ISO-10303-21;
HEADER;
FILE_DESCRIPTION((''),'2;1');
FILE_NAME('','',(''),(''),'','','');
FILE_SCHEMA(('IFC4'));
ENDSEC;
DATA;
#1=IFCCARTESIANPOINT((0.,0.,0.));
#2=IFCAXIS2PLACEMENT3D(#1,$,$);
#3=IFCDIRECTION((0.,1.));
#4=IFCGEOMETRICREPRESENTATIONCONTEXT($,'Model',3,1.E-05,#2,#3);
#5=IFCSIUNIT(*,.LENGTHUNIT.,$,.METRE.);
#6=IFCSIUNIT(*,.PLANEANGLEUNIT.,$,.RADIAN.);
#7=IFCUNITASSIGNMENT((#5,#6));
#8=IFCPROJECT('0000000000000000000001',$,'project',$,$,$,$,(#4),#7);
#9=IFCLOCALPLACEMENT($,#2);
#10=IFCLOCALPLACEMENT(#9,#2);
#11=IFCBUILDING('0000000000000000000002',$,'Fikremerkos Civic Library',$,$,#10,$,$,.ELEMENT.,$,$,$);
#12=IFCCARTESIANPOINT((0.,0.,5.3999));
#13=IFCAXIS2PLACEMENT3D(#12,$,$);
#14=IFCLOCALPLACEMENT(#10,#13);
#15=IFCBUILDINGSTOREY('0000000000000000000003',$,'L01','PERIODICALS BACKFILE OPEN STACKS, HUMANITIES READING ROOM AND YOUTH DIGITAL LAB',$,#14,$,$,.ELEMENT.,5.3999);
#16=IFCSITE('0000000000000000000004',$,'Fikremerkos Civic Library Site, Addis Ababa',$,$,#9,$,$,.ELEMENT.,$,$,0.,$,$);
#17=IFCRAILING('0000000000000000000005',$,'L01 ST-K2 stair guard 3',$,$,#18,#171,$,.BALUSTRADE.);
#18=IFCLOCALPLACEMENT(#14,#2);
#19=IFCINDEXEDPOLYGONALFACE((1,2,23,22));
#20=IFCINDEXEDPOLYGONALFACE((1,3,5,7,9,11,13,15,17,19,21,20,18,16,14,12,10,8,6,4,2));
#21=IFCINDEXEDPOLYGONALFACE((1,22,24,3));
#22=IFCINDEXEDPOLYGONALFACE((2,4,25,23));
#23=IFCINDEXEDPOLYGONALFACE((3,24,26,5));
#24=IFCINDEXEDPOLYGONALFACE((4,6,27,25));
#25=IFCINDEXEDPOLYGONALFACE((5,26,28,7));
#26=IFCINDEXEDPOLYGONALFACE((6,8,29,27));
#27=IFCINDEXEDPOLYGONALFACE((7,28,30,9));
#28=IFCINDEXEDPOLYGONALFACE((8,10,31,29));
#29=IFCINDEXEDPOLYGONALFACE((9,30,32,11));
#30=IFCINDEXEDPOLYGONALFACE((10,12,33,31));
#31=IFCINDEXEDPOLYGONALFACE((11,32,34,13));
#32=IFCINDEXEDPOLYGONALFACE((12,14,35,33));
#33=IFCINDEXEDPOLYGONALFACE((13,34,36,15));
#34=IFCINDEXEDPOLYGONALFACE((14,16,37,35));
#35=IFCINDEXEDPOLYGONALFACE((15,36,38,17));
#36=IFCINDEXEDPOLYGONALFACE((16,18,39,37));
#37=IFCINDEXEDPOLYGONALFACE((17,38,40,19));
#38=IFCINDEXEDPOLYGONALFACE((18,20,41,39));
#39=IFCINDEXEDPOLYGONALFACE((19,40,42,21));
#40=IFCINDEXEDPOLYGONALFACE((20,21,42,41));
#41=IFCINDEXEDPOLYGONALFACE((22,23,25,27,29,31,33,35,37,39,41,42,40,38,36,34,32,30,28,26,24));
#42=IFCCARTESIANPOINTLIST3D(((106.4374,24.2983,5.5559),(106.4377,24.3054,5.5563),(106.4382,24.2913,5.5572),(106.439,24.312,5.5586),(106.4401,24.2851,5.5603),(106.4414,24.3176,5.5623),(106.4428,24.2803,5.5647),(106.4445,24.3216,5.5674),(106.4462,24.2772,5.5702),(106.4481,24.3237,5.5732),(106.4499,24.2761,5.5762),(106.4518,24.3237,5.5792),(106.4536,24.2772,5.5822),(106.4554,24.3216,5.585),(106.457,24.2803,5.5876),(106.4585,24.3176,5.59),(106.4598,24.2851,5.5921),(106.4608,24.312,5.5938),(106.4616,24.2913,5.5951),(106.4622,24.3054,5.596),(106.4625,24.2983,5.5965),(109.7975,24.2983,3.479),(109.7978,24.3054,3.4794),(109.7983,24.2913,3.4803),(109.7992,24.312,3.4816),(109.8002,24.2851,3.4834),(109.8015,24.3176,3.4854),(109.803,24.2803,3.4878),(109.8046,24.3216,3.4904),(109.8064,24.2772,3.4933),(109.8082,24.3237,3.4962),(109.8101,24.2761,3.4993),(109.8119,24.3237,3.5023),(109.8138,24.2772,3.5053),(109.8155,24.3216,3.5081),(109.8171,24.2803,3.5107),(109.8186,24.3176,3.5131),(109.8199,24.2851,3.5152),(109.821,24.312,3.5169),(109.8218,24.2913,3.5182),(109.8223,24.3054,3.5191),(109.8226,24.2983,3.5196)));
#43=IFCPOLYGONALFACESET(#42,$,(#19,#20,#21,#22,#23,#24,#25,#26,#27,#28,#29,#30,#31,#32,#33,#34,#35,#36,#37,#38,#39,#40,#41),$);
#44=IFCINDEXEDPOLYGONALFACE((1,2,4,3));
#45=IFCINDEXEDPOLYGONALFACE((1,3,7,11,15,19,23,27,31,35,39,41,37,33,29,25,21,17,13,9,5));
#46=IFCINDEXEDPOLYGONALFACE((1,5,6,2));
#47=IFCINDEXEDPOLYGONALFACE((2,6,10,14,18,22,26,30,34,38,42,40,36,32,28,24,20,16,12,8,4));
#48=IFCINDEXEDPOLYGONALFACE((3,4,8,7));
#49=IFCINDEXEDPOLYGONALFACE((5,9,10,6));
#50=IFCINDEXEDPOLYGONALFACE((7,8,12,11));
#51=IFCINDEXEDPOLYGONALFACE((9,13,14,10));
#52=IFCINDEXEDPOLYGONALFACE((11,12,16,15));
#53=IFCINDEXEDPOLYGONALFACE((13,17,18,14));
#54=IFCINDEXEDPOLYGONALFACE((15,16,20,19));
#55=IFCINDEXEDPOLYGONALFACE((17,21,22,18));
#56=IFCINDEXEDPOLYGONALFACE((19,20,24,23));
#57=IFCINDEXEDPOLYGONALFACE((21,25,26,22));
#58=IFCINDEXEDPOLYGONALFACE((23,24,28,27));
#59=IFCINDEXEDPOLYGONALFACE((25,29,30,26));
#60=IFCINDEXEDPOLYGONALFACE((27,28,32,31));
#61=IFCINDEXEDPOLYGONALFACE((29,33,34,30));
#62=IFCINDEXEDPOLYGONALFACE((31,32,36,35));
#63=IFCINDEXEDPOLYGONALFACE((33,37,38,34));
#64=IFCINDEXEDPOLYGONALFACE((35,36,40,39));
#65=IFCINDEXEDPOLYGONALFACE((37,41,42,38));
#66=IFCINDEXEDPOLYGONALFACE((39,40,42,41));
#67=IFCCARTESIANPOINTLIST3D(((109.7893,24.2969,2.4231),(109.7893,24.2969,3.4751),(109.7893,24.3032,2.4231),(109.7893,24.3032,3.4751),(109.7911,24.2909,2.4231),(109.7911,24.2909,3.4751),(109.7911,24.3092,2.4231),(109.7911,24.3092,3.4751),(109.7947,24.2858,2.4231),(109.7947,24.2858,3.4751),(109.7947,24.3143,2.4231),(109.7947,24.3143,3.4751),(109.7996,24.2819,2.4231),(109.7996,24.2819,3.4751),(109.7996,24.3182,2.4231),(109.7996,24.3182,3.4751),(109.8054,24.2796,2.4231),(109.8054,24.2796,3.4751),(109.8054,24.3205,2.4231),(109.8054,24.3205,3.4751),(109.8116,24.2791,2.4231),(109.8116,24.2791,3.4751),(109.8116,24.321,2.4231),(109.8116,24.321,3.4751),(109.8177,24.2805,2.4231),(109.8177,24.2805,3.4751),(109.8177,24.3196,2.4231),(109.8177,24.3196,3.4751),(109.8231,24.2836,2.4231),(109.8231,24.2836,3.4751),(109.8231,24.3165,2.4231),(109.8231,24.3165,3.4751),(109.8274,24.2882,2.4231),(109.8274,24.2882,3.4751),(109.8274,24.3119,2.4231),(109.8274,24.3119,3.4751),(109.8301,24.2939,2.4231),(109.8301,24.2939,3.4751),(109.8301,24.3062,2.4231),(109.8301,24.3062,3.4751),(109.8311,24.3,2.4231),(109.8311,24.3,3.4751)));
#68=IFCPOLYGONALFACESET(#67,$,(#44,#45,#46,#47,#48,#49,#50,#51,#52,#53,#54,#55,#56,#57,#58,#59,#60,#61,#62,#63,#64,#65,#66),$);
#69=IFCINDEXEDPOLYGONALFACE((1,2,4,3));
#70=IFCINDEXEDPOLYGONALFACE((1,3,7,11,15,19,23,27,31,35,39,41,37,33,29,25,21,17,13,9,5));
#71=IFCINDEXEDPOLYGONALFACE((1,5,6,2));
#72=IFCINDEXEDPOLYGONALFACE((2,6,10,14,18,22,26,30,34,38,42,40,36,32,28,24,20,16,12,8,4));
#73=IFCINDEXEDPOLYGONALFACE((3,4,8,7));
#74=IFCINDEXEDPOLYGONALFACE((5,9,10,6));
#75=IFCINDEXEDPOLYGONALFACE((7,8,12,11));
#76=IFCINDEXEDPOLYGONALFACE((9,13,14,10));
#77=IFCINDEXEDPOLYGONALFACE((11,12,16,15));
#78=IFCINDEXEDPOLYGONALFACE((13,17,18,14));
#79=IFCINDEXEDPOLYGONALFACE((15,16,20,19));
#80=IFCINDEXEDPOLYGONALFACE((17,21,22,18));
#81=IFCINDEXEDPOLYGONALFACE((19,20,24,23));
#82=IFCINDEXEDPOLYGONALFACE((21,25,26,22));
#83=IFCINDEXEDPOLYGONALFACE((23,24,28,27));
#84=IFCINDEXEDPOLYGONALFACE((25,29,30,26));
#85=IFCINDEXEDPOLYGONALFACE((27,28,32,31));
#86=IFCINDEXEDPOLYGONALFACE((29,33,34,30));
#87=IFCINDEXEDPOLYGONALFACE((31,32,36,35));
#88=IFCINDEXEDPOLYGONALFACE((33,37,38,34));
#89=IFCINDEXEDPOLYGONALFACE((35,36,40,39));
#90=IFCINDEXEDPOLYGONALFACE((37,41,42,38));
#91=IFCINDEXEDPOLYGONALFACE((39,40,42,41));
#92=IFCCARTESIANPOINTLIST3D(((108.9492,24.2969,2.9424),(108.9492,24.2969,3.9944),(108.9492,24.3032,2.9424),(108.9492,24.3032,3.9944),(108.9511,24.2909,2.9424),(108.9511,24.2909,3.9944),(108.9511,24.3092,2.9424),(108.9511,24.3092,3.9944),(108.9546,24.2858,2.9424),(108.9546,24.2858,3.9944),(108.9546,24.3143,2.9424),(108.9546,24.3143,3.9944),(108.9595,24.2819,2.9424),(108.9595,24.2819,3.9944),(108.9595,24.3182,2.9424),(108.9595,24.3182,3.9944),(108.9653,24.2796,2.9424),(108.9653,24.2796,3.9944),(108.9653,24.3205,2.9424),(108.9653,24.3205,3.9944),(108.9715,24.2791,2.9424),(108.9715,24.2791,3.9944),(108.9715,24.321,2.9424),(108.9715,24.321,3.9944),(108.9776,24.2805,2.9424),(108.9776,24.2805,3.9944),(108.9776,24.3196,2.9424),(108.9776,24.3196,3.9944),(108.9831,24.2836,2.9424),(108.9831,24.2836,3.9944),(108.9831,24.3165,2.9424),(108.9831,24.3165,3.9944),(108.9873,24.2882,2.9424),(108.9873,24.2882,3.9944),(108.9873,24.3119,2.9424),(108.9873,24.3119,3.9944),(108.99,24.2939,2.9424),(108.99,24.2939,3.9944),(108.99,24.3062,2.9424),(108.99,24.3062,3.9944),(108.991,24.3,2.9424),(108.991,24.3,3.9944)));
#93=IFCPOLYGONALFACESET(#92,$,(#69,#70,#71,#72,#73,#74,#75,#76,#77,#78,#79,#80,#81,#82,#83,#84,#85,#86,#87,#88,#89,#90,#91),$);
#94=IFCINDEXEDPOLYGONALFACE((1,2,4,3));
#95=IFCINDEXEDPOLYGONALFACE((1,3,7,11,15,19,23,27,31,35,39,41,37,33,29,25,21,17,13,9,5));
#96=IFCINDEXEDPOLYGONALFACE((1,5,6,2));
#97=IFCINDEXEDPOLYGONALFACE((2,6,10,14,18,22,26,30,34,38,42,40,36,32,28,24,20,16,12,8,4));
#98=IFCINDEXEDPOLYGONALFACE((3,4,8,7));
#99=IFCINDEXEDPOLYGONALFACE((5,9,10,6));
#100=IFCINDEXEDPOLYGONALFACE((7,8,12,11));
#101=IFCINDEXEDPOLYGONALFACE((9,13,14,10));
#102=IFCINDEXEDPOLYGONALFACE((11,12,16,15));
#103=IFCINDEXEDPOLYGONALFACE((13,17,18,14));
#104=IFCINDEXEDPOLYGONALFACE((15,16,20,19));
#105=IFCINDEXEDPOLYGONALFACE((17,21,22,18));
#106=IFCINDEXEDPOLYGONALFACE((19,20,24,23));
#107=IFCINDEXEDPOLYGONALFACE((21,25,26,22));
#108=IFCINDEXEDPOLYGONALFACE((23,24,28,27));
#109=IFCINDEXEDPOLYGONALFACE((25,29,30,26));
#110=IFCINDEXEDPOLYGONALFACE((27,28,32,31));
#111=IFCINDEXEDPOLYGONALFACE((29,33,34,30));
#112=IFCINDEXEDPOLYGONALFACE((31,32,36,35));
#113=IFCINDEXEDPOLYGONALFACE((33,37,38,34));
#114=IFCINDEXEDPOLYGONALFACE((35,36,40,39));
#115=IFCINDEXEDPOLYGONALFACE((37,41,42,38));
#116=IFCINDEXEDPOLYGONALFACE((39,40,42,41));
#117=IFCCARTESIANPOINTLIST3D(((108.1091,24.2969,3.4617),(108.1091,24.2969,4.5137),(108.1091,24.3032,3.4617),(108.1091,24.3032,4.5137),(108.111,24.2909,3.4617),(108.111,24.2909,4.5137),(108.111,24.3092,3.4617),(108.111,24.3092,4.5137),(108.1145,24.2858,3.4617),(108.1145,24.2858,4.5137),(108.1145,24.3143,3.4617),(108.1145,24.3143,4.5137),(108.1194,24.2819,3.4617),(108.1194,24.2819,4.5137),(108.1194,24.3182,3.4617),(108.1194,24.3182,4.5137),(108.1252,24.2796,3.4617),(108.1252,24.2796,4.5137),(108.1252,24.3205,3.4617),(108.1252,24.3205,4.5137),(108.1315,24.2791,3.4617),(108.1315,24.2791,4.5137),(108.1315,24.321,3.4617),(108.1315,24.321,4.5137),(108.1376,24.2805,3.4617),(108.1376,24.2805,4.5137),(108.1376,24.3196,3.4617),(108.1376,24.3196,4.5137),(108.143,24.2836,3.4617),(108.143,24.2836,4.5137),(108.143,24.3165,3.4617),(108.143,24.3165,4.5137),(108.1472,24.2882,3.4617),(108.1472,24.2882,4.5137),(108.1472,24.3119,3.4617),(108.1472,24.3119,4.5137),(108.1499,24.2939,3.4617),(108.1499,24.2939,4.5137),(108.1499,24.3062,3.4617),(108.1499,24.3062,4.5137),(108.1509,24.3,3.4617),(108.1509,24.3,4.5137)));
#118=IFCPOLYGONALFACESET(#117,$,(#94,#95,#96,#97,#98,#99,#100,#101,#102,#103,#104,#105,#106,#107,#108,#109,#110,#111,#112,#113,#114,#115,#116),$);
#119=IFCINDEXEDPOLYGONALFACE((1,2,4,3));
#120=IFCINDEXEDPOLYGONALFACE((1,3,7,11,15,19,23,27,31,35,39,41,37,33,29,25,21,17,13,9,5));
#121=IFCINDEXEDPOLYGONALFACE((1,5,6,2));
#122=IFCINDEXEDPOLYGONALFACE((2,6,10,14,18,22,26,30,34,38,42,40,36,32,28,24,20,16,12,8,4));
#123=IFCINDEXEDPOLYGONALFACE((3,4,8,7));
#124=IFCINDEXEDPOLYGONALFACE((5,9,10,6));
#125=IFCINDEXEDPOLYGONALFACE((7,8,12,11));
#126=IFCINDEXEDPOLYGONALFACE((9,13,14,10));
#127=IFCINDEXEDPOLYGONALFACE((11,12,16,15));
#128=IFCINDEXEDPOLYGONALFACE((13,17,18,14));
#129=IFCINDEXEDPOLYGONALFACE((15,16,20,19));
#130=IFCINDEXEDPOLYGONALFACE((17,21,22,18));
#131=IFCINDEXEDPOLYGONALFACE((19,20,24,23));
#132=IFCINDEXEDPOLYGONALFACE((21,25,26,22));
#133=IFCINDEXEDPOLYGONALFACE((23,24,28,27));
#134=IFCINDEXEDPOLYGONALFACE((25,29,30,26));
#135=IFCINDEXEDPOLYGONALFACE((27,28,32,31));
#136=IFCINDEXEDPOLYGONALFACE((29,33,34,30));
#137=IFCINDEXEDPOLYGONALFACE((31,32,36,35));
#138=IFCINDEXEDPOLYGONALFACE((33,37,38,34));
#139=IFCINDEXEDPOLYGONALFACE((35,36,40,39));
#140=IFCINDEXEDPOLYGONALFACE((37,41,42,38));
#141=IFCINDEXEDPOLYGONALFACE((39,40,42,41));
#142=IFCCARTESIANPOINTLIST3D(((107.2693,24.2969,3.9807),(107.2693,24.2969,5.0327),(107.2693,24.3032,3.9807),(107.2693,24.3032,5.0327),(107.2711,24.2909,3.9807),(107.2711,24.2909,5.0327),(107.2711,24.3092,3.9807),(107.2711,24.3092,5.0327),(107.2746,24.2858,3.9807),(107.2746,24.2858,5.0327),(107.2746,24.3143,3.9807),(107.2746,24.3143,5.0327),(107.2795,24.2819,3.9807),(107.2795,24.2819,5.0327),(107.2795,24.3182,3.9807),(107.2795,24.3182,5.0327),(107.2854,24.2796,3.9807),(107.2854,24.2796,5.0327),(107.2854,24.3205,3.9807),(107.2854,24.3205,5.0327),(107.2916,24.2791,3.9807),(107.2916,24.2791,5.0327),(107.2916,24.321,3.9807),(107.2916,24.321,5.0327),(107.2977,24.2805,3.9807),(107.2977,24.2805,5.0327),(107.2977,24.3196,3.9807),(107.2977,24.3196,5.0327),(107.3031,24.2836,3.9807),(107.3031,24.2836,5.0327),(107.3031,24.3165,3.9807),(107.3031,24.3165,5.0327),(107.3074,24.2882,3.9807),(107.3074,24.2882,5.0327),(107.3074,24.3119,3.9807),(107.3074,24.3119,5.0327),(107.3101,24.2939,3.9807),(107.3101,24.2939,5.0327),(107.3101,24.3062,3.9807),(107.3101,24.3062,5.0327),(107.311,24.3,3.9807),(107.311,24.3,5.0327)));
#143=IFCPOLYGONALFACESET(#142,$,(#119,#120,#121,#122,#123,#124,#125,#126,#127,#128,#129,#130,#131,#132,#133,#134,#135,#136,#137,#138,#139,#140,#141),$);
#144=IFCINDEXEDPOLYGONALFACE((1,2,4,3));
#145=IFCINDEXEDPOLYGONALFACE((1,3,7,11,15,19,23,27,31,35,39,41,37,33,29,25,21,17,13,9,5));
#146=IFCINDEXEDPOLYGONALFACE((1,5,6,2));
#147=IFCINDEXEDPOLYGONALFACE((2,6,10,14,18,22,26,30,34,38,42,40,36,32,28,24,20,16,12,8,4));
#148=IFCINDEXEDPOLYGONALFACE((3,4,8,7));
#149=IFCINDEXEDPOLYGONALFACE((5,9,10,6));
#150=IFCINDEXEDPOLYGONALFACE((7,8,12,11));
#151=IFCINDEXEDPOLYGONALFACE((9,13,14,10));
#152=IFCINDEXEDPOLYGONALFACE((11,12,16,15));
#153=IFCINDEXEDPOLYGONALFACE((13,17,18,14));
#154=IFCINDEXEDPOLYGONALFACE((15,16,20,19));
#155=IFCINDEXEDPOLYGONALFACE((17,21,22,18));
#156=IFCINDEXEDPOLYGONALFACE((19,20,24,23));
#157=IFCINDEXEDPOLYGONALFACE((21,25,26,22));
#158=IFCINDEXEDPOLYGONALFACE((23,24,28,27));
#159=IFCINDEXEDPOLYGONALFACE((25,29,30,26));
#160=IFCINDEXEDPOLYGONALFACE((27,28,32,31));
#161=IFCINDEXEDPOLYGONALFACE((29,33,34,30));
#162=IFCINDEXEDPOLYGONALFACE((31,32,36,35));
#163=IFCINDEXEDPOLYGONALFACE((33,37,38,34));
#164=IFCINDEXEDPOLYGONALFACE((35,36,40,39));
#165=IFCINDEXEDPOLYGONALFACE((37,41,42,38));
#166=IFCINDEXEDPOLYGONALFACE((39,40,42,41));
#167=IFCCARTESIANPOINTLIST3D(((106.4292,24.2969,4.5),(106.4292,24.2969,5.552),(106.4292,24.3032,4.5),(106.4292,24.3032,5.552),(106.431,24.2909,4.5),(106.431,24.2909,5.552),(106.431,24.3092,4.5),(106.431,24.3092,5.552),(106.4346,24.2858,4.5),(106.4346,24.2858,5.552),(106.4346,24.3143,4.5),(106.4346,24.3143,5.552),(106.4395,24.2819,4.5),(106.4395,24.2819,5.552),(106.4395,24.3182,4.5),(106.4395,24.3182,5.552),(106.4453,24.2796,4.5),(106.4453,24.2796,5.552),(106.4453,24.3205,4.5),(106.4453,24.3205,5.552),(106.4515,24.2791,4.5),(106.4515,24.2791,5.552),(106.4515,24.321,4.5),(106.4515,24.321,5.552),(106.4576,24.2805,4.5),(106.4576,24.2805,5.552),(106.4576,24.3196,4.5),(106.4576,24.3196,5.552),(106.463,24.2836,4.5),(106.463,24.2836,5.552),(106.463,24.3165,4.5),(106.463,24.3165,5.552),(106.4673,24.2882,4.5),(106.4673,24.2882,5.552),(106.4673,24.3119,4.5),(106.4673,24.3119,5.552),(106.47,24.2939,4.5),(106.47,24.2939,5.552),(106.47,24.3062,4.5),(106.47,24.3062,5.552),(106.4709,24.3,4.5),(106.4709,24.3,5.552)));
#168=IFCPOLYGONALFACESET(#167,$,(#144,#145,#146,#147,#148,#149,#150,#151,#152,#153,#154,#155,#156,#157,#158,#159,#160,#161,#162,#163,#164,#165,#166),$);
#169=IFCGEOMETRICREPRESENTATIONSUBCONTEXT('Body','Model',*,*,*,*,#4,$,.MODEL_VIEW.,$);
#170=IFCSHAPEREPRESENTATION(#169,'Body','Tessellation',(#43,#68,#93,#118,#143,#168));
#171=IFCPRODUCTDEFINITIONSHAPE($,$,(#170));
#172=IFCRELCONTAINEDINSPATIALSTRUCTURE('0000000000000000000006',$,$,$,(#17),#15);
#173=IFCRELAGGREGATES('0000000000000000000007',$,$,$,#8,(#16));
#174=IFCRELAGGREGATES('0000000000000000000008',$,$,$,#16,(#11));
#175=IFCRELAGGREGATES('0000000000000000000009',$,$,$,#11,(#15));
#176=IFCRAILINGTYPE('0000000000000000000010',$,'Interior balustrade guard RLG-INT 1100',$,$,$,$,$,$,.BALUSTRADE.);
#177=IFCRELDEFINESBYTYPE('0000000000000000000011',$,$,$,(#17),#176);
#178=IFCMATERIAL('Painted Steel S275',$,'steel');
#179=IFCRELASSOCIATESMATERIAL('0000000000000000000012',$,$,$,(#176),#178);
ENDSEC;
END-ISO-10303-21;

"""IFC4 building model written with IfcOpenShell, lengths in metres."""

from ifc_helpers import new_model, si_unit, direction, frame, origin, origin_2d, place, context, subcontext, project, spatial, circle, extrude, material, type_object, element, save


model = new_model("IFC4")

# Units and contexts
model_context = context("Model", 3, precision=1e-05, world=origin(), true_north=direction((0.0, 1.0)))
body_context = subcontext(model_context, "Body", "Model", "MODEL_VIEW")
ifc_project = project(units=[si_unit("LENGTHUNIT", "METRE"), si_unit("PLANEANGLEUNIT", "RADIAN")], contexts=[model_context])

# Site, building, storey
site_placement = place(None, origin())
site = spatial("IfcSite", under=ifc_project, at=site_placement, Name="Fikremerkos Civic Library Site, Addis Ababa", CompositionType="ELEMENT", RefElevation=0.0)
building_placement = place(site_placement, origin())
building = spatial("IfcBuilding", under=site, at=building_placement, Name="Fikremerkos Civic Library", CompositionType="ELEMENT")
storey_placement = place(building_placement, frame((0.0, 0.0, 5.3999)))
storey = spatial("IfcBuildingStorey", under=building, at=storey_placement, Name="L01", Description="PERIODICALS BACKFILE OPEN STACKS, HUMANITIES READING ROOM AND YOUTH DIGITAL LAB", CompositionType="ELEMENT", Elevation=5.3999)

# Railing
ifc_material_1 = material(Name="Painted Steel S275", Category="steel")
railing_type_1 = type_object("IfcRailingType", Name="Interior balustrade guard RLG-INT 1100", PredefinedType="BALUSTRADE", material=ifc_material_1)
railing_1_placement = place(storey_placement, frame((109.8101, 24.3, 2.4231)))
element("IfcRailing", 1, at=railing_1_placement, inside=storey, type_object=railing_type_1, Name="L01 ST-K2 stair guard 3", PredefinedType="BALUSTRADE", context=body_context, shape_type="SweptSolid", body=[
    extrude(circle(Radius=0.0239, at=origin_2d()), frame((0.0, 0.0, 1.0762), z_axis=(-0.850623, 0.0, 0.525776), x_axis=(0.0, -1.0, 0.0)), (0.0, 0.0, 1.0), 3.9502),
    extrude(circle(Radius=0.021, at=origin_2d()), origin(), (0.0, 0.0, 1.0), 1.052),
    extrude(circle(Radius=0.021, at=origin_2d()), frame((-0.8401, 0.0, 0.5193)), (0.0, 0.0, 1.0), 1.052),
    extrude(circle(Radius=0.021, at=origin_2d()), frame((-1.6802, 0.0, 1.0386)), (0.0, 0.0, 1.0), 1.052),
    extrude(circle(Radius=0.021, at=origin_2d()), frame((-2.52, 0.0, 1.5576)), (0.0, 0.0, 1.0), 1.052),
    extrude(circle(Radius=0.021, at=origin_2d()), frame((-3.3601, 0.0, 2.0769)), (0.0, 0.0, 1.0), 1.052),
])

save(model, "model.ifc")
